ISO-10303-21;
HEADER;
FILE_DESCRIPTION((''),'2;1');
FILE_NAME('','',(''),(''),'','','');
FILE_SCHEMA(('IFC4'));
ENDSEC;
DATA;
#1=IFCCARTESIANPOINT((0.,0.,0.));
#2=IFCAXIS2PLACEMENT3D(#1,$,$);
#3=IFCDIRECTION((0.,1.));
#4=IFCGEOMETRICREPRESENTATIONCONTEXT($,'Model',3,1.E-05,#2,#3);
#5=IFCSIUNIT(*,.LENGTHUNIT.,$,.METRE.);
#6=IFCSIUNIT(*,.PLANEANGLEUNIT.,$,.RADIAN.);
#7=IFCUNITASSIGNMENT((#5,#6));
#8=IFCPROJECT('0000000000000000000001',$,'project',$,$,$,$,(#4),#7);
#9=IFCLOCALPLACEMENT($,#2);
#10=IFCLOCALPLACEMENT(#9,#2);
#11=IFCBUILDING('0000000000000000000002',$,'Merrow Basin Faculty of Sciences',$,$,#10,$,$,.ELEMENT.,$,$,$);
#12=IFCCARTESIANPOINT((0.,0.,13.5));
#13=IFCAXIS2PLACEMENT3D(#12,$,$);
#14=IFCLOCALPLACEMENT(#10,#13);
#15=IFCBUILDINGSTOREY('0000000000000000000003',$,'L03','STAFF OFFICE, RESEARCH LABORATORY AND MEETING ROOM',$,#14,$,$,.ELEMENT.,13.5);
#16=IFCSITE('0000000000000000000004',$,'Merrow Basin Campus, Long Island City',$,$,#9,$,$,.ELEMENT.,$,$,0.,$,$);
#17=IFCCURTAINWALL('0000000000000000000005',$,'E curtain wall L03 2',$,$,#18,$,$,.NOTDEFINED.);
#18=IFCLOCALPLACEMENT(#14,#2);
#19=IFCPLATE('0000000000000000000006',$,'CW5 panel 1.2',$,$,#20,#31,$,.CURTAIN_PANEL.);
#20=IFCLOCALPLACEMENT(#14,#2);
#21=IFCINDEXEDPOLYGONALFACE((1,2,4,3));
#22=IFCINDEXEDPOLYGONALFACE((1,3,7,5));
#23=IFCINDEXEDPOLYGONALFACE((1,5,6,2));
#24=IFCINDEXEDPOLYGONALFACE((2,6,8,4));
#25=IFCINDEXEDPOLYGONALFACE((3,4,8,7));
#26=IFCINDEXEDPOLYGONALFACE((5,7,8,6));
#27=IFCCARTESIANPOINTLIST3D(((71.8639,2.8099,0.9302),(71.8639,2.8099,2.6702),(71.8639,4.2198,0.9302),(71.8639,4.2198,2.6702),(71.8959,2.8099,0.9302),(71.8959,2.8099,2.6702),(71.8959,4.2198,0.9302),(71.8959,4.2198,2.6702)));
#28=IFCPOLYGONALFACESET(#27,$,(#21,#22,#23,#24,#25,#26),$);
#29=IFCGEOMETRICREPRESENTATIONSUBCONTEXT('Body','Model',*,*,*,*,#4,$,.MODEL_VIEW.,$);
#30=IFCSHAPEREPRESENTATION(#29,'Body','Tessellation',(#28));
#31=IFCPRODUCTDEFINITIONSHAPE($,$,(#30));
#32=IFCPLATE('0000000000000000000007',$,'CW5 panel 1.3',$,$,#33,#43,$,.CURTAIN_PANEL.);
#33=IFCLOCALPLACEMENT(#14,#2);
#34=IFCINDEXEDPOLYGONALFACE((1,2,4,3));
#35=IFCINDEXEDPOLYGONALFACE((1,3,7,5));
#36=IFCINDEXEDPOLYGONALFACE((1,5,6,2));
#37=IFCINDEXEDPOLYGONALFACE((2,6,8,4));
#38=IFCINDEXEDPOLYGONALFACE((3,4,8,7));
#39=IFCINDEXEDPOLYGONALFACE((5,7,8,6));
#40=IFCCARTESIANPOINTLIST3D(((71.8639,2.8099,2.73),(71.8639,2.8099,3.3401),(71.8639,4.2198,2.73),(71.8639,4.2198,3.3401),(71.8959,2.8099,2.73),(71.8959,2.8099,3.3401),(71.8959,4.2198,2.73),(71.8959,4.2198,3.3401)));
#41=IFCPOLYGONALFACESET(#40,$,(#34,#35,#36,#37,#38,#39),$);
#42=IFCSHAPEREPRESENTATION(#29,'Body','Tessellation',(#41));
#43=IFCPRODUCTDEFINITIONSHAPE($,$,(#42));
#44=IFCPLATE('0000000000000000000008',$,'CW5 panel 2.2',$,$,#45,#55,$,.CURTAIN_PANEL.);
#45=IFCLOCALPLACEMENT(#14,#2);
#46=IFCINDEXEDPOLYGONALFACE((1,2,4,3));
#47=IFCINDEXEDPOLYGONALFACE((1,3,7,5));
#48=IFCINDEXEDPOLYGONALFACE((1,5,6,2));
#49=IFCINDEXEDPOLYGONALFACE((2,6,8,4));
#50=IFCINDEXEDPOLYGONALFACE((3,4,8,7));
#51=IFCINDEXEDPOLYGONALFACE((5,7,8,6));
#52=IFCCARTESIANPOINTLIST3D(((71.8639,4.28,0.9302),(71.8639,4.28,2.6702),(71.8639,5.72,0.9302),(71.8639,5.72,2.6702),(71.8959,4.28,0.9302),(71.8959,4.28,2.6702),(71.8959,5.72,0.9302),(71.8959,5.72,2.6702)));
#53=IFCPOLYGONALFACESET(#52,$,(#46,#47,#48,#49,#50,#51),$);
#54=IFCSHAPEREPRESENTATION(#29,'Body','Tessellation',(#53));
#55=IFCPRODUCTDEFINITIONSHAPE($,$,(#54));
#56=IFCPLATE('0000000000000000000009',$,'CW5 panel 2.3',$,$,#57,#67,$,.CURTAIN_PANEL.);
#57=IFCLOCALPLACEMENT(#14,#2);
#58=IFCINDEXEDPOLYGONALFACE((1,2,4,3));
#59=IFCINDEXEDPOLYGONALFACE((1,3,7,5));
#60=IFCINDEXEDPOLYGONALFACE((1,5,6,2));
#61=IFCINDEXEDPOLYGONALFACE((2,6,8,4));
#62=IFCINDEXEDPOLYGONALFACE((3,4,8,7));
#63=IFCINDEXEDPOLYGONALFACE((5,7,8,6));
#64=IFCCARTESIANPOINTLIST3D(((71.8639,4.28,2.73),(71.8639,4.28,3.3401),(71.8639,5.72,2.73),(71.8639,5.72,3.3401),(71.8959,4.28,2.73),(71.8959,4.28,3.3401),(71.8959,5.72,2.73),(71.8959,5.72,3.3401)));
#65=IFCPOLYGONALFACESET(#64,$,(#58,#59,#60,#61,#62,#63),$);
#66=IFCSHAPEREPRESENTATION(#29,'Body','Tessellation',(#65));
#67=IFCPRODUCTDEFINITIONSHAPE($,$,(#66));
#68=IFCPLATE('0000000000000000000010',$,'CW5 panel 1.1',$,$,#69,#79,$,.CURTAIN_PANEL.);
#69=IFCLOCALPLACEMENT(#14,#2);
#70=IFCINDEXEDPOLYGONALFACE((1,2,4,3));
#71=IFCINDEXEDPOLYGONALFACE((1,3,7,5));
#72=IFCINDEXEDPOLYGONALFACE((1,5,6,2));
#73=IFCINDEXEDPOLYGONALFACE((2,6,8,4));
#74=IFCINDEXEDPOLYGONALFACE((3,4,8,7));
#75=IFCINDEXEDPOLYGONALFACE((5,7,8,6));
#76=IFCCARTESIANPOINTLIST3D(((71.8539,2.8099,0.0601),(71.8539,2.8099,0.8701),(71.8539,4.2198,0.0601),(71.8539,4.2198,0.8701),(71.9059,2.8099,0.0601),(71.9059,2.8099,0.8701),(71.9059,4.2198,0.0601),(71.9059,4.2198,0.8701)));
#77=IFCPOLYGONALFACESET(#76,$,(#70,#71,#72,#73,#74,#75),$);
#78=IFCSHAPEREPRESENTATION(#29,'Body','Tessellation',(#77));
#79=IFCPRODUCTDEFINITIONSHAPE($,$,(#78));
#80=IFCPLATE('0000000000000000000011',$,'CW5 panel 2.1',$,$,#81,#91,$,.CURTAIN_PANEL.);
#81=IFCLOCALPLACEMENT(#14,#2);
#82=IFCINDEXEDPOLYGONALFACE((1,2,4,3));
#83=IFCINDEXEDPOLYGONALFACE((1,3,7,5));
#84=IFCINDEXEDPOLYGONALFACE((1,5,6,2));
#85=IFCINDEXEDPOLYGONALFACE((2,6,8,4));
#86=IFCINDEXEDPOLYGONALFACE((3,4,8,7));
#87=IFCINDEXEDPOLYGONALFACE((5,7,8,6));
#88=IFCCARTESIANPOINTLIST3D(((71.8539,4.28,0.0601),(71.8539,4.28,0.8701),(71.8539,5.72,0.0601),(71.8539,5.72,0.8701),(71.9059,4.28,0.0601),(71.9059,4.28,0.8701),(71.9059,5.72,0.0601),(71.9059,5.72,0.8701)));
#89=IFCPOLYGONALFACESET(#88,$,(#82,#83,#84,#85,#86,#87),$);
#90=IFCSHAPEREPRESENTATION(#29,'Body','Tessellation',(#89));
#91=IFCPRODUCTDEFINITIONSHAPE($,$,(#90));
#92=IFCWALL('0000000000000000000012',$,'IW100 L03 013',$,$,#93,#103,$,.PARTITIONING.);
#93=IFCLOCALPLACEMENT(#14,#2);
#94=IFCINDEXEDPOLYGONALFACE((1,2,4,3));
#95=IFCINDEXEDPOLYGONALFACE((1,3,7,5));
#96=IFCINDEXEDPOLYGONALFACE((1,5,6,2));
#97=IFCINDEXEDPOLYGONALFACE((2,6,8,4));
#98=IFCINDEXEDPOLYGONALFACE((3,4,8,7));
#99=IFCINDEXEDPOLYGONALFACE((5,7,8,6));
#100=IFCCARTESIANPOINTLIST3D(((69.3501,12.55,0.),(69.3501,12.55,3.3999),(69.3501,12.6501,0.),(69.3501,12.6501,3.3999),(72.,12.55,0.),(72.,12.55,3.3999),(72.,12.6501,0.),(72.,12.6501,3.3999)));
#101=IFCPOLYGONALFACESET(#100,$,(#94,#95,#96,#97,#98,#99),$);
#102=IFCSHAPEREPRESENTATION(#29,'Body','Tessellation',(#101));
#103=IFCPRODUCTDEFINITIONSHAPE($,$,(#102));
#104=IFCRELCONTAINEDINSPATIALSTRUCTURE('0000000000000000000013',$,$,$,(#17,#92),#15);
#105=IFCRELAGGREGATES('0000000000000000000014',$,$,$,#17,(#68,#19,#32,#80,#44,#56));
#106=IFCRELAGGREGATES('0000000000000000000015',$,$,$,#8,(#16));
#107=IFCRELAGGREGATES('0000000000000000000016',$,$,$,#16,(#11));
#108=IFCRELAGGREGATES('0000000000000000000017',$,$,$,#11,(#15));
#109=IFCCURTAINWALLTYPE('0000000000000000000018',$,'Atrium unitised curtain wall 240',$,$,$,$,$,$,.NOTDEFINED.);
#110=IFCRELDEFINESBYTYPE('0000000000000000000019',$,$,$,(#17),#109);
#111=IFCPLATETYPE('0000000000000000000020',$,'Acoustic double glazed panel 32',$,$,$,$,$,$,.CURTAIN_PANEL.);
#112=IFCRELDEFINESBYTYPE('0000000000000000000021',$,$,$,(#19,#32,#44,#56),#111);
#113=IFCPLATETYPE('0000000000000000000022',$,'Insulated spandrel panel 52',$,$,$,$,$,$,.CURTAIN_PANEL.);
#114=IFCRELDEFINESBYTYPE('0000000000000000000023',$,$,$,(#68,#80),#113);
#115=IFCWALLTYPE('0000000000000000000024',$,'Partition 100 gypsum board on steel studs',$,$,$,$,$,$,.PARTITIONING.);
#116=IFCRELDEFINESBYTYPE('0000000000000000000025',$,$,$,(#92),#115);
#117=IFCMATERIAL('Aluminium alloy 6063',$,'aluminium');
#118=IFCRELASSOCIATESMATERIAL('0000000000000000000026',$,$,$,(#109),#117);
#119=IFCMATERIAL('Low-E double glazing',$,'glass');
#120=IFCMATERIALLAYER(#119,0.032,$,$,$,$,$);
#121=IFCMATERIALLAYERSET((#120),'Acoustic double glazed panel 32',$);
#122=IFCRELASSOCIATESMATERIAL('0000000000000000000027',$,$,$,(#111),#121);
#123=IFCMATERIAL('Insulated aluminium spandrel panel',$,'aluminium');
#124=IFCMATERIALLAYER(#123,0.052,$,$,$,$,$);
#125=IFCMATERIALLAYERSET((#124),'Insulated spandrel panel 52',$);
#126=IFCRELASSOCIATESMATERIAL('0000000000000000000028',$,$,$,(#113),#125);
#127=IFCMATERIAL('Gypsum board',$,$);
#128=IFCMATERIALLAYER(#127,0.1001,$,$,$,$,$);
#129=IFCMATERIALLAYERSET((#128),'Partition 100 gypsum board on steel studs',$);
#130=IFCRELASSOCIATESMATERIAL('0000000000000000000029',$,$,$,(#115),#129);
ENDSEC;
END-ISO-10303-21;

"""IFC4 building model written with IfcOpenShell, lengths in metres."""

from ifc_helpers import new_model, si_unit, direction, frame, frame_2d, origin, origin_2d, place, context, subcontext, project, spatial, rectangle, extrude, material, layer, layer_set, type_object, element, aggregate, save


model = new_model("IFC4")

# Units and contexts
model_context = context("Model", 3, precision=1e-05, world=origin(), true_north=direction((0.0, 1.0)))
body_context = subcontext(model_context, "Body", "Model", "MODEL_VIEW")
ifc_project = project(units=[si_unit("LENGTHUNIT", "METRE"), si_unit("PLANEANGLEUNIT", "RADIAN")], contexts=[model_context])

# Site, building, storey
site_placement = place(None, origin())
site = spatial("IfcSite", under=ifc_project, at=site_placement, Name="Merrow Basin Campus, Long Island City", CompositionType="ELEMENT", RefElevation=0.0)
building_placement = place(site_placement, origin())
building = spatial("IfcBuilding", under=site, at=building_placement, Name="Merrow Basin Faculty of Sciences", CompositionType="ELEMENT")
storey_placement = place(building_placement, frame((0.0, 0.0, 13.5)))
storey = spatial("IfcBuildingStorey", under=building, at=storey_placement, Name="L03", Description="STAFF OFFICE, RESEARCH LABORATORY AND MEETING ROOM", CompositionType="ELEMENT", Elevation=13.5)

# Shared definitions
ifc_material_1 = material(Name="Aluminium alloy 6063", Category="aluminium")
curtain_wall_type = type_object("IfcCurtainWallType", Name="Atrium unitised curtain wall 240", PredefinedType="NOTDEFINED", material=ifc_material_1)

# Curtain wall, plates
curtain_wall_1_placement = place(storey_placement, origin())
curtain_wall_1 = element("IfcCurtainWall", 1, at=curtain_wall_1_placement, inside=storey, type_object=curtain_wall_type, Name="E curtain wall L03 2", PredefinedType="NOTDEFINED")
ifc_material_2 = material(Name="Low-E double glazing", Category="glass")
ifc_layer_1 = layer(ifc_material_2, 0.032)
ifc_layer_set_1 = layer_set([ifc_layer_1], Name="Acoustic double glazed panel 32")
plate_type_1 = type_object("IfcPlateType", Name="Acoustic double glazed panel 32", PredefinedType="CURTAIN_PANEL", material=ifc_layer_set_1)
plate_1_placement = place(storey_placement, frame((71.8799, 3.5149, 0.9302), z_axis=(0.0, 0.0, 1.0), x_axis=(0.0, 1.0, 0.0)))
plate_1 = element("IfcPlate", 2, at=plate_1_placement, type_object=plate_type_1, Name="CW5 panel 1.2", PredefinedType="CURTAIN_PANEL", context=body_context, shape_type="SweptSolid", body=[
    extrude(rectangle(XDim=1.4099, YDim=0.032, at=origin_2d()), origin(), (0.0, 0.0, 1.0), 1.74),
])
plate_2_placement = place(storey_placement, frame((71.8799, 3.5149, 2.73), z_axis=(0.0, 0.0, 1.0), x_axis=(0.0, 1.0, 0.0)))
plate_2 = element("IfcPlate", 3, at=plate_2_placement, type_object=plate_type_1, Name="CW5 panel 1.3", PredefinedType="CURTAIN_PANEL", context=body_context, shape_type="SweptSolid", body=[
    extrude(rectangle(XDim=1.4099, YDim=0.032, at=origin_2d()), origin(), (0.0, 0.0, 1.0), 0.6101),
])
plate_3_placement = place(storey_placement, frame((71.8799, 5.0, 0.9302), z_axis=(0.0, 0.0, 1.0), x_axis=(0.0, 1.0, 0.0)))
plate_3 = element("IfcPlate", 4, at=plate_3_placement, type_object=plate_type_1, Name="CW5 panel 2.2", PredefinedType="CURTAIN_PANEL", context=body_context, shape_type="SweptSolid", body=[
    extrude(rectangle(XDim=1.4399, YDim=0.032, at=origin_2d()), origin(), (0.0, 0.0, 1.0), 1.74),
])
plate_4_placement = place(storey_placement, frame((71.8799, 5.0, 2.73), z_axis=(0.0, 0.0, 1.0), x_axis=(0.0, 1.0, 0.0)))
plate_4 = element("IfcPlate", 5, at=plate_4_placement, type_object=plate_type_1, Name="CW5 panel 2.3", PredefinedType="CURTAIN_PANEL", context=body_context, shape_type="SweptSolid", body=[
    extrude(rectangle(XDim=1.4399, YDim=0.032, at=origin_2d()), origin(), (0.0, 0.0, 1.0), 0.6101),
])
ifc_material_3 = material(Name="Insulated aluminium spandrel panel", Category="aluminium")
ifc_layer_2 = layer(ifc_material_3, 0.052)
ifc_layer_set_2 = layer_set([ifc_layer_2], Name="Insulated spandrel panel 52")
plate_type_2 = type_object("IfcPlateType", Name="Insulated spandrel panel 52", PredefinedType="CURTAIN_PANEL", material=ifc_layer_set_2)
plate_5_placement = place(storey_placement, frame((71.8799, 3.5149, 0.0601), z_axis=(0.0, 0.0, 1.0), x_axis=(0.0, 1.0, 0.0)))
plate_5 = element("IfcPlate", 6, at=plate_5_placement, type_object=plate_type_2, Name="CW5 panel 1.1", PredefinedType="CURTAIN_PANEL", context=body_context, shape_type="SweptSolid", body=[
    extrude(rectangle(XDim=1.4099, YDim=0.052, at=origin_2d()), origin(), (0.0, 0.0, 1.0), 0.8101),
])
plate_6_placement = place(storey_placement, frame((71.8799, 5.0, 0.0601), z_axis=(0.0, 0.0, 1.0), x_axis=(0.0, 1.0, 0.0)))
plate_6 = element("IfcPlate", 7, at=plate_6_placement, type_object=plate_type_2, Name="CW5 panel 2.1", PredefinedType="CURTAIN_PANEL", context=body_context, shape_type="SweptSolid", body=[
    extrude(rectangle(XDim=1.4399, YDim=0.052, at=origin_2d()), origin(), (0.0, 0.0, 1.0), 0.8101),
])
aggregate(curtain_wall_1, [plate_5, plate_1, plate_2, plate_6, plate_3, plate_4])

# Wall
ifc_material_4 = material(Name="Gypsum board")
ifc_layer_3 = layer(ifc_material_4, 0.1001)
ifc_layer_set_3 = layer_set([ifc_layer_3], Name="Partition 100 gypsum board on steel studs")
wall_type = type_object("IfcWallType", Name="Partition 100 gypsum board on steel studs", PredefinedType="PARTITIONING", material=ifc_layer_set_3)
wall_placement = place(storey_placement, frame((69.3501, 12.6001, 0.0), z_axis=(0.0, 0.0, 1.0), x_axis=(1.0, 0.0, 0.0)))
element("IfcWall", 8, at=wall_placement, inside=storey, type_object=wall_type, Name="IW100 L03 013", PredefinedType="PARTITIONING", context=body_context, shape_type="SweptSolid", body=[
    extrude(rectangle(XDim=2.6499, YDim=0.1001, at=frame_2d((1.325, 0.0))), origin(), (0.0, 0.0, 1.0), 3.3999),
])

save(model, "model.ifc")
